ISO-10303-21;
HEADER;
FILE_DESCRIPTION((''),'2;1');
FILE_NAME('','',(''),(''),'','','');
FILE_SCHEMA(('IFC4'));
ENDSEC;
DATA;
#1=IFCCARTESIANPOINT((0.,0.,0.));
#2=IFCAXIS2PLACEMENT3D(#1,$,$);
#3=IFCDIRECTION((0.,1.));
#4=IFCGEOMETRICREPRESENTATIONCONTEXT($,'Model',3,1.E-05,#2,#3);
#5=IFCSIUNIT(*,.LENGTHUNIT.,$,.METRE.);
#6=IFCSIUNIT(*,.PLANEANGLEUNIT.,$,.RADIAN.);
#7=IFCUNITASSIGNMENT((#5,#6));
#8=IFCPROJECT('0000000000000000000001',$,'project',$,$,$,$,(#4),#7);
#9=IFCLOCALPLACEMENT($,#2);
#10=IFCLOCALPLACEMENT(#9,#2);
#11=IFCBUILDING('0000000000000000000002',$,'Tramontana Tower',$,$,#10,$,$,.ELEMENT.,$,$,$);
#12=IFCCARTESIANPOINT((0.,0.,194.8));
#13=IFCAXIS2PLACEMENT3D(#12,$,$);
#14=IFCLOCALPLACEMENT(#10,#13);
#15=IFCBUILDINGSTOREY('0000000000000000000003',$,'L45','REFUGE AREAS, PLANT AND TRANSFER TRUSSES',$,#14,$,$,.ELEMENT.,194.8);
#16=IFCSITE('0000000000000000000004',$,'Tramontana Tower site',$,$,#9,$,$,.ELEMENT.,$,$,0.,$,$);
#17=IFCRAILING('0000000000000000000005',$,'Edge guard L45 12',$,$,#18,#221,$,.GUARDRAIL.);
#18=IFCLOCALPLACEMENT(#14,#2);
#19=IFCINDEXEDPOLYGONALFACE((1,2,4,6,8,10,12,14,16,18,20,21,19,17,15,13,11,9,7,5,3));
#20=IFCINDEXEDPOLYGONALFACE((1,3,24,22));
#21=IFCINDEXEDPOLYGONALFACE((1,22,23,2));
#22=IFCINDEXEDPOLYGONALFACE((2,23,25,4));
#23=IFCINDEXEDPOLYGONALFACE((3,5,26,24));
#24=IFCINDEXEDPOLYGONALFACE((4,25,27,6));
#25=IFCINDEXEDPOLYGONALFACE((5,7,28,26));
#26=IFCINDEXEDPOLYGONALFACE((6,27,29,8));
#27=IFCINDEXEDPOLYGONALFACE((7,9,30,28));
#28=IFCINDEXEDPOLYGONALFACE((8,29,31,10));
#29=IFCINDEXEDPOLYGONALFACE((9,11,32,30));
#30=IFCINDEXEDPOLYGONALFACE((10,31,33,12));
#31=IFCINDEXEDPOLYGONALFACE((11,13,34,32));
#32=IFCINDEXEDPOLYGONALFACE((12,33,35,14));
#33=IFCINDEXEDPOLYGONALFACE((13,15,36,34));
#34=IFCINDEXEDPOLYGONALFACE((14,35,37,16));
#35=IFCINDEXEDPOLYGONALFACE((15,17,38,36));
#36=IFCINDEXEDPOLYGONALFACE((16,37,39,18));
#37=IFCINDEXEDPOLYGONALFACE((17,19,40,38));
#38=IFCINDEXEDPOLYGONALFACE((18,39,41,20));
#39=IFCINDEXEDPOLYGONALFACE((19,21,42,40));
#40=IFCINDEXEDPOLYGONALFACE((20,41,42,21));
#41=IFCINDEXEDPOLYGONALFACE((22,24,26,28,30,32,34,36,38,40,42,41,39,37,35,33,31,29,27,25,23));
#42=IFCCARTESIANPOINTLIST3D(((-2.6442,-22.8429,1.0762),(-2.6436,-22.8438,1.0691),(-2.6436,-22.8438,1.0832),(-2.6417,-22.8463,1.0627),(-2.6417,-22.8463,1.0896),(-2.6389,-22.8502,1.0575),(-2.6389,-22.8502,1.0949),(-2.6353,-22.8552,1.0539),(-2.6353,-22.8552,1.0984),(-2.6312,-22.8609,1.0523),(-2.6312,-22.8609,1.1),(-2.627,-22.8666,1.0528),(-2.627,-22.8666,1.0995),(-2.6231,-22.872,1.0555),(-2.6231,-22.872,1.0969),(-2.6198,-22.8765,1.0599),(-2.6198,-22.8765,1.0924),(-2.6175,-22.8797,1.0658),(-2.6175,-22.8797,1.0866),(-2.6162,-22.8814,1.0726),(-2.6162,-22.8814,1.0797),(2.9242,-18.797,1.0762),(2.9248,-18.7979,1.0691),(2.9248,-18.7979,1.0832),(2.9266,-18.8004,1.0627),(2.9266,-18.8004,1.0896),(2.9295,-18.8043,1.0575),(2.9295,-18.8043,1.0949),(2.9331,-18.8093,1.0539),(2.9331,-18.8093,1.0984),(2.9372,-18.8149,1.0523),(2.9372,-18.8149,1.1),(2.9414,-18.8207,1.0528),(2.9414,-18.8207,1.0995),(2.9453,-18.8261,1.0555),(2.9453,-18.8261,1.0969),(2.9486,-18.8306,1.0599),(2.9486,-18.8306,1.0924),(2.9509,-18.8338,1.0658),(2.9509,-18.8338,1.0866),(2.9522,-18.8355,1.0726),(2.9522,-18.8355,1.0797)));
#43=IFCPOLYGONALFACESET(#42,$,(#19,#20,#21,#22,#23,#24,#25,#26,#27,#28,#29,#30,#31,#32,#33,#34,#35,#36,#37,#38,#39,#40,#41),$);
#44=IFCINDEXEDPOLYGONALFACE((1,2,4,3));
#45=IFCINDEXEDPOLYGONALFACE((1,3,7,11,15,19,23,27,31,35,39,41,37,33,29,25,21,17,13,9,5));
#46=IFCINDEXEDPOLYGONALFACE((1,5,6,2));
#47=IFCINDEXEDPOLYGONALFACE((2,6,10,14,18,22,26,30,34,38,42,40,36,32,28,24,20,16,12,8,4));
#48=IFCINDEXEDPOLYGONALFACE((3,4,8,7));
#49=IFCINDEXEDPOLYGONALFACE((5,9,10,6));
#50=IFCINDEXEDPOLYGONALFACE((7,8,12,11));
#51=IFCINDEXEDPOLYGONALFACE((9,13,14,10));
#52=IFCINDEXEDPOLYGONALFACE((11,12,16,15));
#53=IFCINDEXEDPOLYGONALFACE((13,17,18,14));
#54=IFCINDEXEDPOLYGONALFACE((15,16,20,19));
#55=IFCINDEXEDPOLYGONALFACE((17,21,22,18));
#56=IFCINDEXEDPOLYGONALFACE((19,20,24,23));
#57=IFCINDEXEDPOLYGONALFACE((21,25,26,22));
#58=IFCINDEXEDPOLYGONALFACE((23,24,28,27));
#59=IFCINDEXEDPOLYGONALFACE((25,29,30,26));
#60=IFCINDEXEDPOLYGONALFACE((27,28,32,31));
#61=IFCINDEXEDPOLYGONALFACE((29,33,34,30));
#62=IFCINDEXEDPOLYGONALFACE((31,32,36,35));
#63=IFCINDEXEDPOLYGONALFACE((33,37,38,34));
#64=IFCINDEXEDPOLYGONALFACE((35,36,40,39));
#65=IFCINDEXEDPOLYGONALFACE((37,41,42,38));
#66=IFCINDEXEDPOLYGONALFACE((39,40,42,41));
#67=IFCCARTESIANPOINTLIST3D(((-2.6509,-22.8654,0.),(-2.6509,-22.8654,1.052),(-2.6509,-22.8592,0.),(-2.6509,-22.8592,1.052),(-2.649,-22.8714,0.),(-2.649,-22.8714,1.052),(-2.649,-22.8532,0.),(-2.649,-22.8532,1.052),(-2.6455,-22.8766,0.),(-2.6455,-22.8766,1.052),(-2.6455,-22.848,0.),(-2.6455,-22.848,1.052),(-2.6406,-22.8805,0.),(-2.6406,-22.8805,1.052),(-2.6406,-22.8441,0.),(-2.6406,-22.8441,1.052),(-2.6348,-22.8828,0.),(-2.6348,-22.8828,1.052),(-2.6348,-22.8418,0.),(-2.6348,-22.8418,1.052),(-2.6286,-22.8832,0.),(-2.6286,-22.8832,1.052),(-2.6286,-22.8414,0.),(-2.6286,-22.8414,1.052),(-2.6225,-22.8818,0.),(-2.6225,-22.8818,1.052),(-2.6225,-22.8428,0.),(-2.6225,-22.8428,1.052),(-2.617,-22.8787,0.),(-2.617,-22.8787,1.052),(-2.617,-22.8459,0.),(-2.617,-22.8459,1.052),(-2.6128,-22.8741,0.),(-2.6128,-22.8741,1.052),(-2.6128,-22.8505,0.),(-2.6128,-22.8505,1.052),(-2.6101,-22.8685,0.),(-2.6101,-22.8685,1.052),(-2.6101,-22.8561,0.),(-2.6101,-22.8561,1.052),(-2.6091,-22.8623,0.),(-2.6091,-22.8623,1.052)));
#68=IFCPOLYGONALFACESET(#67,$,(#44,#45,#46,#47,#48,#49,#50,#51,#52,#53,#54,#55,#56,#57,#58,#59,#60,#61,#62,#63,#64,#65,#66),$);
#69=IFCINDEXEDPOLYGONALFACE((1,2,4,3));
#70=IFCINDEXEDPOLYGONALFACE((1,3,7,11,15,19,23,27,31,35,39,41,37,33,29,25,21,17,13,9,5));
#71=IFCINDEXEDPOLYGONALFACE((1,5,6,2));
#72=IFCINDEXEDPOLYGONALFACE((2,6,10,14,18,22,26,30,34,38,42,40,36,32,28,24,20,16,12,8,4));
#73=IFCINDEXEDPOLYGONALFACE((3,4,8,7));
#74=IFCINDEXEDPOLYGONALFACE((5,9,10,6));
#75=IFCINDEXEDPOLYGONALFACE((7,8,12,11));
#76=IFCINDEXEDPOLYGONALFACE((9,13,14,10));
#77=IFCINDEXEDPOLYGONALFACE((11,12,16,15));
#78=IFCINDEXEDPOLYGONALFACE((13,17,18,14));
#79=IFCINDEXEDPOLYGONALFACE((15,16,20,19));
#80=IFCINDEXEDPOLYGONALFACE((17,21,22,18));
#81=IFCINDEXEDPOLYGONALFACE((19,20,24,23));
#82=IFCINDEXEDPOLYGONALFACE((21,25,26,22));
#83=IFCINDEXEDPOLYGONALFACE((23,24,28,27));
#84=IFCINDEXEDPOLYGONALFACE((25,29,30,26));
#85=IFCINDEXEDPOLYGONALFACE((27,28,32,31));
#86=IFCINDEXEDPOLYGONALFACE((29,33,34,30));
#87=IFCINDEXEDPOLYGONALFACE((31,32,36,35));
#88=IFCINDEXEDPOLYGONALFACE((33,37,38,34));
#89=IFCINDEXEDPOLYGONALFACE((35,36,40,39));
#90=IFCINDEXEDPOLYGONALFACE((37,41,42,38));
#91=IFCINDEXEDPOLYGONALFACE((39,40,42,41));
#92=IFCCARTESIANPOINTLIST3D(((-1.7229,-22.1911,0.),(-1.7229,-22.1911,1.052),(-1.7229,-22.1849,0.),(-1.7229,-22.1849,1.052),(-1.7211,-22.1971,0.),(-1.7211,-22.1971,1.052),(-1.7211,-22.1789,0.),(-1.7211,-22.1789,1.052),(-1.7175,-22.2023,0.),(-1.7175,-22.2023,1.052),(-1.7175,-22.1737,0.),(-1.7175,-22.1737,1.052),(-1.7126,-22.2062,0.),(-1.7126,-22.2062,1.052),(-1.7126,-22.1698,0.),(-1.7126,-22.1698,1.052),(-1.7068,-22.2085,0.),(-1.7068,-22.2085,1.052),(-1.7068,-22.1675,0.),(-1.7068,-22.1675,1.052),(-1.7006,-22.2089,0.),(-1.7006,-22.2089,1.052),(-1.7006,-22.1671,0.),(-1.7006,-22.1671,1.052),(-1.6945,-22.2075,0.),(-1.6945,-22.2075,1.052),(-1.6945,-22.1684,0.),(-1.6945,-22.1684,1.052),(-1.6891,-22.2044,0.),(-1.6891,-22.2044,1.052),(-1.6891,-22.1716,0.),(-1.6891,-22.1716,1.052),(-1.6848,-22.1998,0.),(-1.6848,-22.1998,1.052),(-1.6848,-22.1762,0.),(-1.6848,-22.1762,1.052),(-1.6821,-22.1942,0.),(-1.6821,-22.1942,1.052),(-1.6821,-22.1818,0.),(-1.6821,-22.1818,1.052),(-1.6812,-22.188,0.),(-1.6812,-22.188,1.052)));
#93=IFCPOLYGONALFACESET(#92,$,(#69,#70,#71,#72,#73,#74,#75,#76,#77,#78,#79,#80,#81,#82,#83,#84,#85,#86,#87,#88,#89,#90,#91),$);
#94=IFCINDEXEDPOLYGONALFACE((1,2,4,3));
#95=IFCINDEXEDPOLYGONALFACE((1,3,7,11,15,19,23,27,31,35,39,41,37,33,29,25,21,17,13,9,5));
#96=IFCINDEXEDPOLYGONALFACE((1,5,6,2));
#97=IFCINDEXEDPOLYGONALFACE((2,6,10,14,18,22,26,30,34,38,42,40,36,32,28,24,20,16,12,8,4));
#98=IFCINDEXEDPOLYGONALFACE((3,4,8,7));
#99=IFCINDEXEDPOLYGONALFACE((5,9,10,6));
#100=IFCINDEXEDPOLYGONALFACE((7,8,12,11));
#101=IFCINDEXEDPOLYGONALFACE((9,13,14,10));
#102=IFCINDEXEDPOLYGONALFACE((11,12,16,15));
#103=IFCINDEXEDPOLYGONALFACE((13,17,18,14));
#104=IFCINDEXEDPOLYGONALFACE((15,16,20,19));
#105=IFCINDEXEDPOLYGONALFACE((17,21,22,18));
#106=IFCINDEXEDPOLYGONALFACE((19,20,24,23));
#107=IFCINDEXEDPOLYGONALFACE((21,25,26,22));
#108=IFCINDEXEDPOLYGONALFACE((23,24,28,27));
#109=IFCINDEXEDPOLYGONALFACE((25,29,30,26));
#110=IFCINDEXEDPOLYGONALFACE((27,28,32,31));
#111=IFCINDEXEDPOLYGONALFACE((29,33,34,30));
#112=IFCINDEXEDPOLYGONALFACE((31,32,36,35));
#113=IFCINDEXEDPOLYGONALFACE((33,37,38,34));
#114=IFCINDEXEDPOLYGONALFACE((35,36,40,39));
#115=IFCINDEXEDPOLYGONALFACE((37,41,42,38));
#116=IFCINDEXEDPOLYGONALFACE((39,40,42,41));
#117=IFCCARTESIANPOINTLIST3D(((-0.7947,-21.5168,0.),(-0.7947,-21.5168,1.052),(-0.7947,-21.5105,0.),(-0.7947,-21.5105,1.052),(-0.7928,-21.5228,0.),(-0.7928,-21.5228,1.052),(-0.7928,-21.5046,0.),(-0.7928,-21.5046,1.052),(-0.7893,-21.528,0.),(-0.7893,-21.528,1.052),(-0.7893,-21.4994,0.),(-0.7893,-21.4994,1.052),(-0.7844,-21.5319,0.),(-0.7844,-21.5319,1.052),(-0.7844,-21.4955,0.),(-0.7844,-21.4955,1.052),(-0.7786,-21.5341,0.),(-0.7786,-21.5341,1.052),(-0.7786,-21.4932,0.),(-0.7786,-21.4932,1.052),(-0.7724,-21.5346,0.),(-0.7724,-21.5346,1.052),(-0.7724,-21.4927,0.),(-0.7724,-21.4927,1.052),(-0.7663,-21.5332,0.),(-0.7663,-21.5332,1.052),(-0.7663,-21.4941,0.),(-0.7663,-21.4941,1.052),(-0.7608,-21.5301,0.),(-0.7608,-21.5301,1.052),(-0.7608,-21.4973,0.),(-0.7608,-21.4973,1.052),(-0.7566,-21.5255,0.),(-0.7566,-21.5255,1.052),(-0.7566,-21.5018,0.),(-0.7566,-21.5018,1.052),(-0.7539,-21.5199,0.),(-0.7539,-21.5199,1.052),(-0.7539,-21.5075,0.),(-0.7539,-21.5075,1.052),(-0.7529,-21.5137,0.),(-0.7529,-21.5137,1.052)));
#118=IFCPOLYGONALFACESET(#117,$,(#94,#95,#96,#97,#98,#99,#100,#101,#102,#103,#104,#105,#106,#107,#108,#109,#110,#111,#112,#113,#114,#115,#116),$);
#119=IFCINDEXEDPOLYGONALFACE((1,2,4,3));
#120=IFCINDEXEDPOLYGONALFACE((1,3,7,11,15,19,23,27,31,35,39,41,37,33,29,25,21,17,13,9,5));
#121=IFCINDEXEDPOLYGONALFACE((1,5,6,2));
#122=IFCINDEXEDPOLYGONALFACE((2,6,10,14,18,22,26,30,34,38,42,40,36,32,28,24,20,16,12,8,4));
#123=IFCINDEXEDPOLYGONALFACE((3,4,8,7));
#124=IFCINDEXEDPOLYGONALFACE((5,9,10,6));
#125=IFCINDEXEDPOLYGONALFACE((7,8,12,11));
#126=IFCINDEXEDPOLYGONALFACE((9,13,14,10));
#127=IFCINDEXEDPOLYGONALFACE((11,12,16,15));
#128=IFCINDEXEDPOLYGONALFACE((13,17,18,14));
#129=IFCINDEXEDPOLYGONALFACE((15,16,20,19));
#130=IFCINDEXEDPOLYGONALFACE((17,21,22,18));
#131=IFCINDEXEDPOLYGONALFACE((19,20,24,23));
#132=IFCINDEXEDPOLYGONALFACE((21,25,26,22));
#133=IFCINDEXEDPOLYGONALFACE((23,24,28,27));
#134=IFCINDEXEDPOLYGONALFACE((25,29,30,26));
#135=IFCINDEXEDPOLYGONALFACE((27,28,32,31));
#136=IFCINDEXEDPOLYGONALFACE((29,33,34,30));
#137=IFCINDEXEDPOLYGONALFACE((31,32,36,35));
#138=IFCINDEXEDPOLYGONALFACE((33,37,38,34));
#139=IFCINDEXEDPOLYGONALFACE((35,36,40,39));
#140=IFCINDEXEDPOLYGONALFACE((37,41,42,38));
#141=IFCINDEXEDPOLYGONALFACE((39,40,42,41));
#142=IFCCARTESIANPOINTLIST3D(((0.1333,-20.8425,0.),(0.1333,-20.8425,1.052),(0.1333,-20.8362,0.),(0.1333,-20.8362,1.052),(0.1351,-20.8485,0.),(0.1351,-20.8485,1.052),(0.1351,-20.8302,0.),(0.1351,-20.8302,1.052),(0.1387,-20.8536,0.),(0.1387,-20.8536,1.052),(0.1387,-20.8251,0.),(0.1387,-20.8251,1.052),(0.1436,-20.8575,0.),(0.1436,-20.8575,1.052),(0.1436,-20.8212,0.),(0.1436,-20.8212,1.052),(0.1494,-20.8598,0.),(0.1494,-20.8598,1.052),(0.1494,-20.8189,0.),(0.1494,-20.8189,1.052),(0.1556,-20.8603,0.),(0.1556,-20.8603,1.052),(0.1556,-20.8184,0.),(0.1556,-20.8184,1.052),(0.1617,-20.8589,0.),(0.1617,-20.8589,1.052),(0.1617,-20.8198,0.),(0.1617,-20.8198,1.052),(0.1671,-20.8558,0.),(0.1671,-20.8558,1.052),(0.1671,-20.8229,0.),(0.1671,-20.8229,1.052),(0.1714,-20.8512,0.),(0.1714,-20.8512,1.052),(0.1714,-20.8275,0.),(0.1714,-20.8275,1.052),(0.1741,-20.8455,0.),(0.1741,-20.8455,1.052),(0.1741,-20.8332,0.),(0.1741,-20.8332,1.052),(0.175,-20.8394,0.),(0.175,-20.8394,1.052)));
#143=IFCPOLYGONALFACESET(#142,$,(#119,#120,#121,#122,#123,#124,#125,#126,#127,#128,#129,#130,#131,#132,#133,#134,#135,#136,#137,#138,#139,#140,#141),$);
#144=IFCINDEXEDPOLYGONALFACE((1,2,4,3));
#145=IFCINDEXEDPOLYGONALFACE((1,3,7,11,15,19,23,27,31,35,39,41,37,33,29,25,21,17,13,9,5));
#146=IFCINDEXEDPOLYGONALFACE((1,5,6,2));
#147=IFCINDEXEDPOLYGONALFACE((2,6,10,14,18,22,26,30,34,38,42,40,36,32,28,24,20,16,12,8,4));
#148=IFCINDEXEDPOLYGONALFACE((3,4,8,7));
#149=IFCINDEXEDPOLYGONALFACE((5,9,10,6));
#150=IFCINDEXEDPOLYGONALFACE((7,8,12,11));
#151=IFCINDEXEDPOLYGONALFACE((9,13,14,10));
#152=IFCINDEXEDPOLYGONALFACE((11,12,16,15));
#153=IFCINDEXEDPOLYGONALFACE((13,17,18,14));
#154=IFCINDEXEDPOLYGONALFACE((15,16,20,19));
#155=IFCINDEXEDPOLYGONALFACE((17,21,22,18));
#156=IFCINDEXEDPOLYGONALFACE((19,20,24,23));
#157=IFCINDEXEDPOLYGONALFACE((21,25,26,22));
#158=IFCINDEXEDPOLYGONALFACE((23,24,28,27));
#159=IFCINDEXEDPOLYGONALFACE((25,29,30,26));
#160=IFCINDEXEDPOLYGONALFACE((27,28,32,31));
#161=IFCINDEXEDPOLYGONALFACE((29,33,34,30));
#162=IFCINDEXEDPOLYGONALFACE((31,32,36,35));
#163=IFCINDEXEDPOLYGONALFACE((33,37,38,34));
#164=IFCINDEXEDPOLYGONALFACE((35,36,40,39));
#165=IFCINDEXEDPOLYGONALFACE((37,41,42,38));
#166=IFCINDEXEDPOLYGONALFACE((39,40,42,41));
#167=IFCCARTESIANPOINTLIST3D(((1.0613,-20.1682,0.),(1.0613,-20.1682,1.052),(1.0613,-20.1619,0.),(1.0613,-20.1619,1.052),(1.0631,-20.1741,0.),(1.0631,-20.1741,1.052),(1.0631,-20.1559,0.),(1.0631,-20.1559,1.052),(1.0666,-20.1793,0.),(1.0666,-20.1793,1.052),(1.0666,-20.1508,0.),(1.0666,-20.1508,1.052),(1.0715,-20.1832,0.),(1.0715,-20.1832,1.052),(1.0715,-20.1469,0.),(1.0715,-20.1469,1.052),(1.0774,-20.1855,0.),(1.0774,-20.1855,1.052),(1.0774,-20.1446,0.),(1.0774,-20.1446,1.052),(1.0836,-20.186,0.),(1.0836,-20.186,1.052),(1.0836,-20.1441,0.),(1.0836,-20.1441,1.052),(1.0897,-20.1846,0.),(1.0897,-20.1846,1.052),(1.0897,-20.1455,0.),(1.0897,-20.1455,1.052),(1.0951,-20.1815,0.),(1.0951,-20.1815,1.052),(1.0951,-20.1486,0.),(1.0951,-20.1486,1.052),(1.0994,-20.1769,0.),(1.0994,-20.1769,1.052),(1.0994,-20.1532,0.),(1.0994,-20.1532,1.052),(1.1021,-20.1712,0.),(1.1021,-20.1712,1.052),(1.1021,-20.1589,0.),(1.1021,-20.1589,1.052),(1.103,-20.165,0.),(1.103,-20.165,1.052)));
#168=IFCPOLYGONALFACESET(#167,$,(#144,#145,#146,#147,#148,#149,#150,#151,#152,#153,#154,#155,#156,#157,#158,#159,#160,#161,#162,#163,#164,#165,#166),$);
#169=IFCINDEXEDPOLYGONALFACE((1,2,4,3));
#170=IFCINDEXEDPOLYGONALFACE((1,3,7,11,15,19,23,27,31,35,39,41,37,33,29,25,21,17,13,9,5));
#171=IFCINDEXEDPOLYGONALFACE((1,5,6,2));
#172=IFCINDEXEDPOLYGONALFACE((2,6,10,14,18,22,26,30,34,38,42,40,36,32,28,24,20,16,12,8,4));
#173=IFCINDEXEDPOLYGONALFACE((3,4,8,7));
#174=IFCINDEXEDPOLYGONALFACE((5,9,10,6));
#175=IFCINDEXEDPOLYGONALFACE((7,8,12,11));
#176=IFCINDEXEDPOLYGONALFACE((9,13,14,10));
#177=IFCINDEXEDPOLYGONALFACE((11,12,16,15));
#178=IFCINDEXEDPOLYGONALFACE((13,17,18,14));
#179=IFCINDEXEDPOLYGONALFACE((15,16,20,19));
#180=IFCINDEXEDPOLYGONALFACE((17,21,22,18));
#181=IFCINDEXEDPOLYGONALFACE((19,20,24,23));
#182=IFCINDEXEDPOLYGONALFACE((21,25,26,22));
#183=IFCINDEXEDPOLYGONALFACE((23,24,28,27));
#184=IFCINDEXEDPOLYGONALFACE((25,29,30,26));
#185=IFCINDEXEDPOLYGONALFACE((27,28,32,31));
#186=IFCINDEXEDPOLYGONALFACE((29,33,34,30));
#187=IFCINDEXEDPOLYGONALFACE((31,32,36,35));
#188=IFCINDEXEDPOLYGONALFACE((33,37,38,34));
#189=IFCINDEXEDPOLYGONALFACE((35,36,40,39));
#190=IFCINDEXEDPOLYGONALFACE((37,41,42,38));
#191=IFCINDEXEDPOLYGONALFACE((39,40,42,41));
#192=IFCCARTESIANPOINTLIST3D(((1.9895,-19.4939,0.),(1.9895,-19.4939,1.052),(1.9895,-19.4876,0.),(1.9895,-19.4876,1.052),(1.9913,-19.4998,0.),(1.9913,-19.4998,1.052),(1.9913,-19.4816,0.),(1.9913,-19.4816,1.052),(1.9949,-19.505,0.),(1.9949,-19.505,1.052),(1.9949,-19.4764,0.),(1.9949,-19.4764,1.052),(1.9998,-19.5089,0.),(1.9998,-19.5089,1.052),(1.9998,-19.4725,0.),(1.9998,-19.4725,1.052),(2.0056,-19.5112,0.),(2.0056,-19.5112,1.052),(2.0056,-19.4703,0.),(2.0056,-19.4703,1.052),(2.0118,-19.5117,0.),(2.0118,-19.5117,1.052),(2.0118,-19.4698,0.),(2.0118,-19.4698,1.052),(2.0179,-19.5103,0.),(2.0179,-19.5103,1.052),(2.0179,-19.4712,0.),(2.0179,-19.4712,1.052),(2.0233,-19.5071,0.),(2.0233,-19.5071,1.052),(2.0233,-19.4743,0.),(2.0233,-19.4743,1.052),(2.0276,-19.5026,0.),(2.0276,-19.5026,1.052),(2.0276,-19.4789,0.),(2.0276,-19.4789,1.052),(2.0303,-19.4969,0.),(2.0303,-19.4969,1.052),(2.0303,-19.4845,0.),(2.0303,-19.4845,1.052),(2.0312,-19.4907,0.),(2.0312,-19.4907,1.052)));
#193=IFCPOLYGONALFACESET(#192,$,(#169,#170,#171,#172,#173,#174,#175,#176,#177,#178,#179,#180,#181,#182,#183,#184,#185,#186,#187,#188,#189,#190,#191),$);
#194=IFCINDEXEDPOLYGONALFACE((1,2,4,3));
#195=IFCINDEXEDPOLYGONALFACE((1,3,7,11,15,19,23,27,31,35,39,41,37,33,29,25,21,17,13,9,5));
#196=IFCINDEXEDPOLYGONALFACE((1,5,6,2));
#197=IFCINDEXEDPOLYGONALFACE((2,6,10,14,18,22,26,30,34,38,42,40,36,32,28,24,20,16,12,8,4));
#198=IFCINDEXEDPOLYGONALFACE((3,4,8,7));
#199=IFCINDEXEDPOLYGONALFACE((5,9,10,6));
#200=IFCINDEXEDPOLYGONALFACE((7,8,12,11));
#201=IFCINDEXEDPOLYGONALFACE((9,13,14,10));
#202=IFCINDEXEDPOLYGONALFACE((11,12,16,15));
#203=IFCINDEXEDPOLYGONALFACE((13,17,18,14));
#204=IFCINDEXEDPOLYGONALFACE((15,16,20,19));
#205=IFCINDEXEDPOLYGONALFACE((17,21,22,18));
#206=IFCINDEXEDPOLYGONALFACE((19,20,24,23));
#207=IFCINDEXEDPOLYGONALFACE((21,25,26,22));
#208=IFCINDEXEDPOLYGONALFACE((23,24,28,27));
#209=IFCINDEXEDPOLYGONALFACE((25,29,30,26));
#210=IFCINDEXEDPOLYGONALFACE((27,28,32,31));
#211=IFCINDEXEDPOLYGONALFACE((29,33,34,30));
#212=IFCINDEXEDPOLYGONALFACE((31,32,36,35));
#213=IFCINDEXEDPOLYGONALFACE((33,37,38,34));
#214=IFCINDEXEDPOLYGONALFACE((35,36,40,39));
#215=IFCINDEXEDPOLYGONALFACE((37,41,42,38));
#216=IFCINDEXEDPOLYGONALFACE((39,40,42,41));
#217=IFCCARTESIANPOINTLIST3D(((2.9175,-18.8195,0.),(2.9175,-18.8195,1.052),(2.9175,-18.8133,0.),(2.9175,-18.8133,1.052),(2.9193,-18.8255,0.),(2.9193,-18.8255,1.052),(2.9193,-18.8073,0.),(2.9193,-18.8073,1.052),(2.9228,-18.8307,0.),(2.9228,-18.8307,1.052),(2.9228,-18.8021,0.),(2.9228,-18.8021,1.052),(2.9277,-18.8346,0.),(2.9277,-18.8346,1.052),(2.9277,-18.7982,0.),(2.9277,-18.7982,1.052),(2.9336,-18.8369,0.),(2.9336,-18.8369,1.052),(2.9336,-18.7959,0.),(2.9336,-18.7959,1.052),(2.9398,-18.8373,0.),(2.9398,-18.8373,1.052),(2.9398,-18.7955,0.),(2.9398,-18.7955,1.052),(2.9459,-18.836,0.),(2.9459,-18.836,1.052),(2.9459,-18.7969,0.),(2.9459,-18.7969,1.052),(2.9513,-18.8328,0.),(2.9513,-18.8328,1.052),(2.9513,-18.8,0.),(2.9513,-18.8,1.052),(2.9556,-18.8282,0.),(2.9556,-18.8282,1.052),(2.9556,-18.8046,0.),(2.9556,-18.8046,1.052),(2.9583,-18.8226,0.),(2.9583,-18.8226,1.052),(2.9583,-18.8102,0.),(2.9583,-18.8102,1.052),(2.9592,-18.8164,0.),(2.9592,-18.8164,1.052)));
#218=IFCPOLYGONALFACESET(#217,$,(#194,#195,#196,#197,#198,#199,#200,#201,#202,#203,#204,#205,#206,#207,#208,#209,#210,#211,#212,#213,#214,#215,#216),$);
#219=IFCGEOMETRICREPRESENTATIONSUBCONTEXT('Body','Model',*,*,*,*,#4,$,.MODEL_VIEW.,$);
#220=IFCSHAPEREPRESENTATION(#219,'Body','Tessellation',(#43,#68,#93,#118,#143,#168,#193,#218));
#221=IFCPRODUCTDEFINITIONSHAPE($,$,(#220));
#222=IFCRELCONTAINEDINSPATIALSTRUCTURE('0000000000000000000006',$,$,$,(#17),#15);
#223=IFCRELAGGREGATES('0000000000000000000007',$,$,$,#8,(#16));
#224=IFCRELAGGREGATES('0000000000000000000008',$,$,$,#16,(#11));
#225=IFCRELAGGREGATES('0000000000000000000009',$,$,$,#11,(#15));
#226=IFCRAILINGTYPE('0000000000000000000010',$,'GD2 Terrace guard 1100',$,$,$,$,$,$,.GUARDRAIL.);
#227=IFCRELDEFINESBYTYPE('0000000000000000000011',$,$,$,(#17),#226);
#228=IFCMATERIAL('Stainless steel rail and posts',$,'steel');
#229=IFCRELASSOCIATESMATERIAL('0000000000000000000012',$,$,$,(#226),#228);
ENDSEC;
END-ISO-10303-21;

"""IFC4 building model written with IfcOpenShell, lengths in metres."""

from ifc_helpers import new_model, si_unit, direction, frame, origin, origin_2d, place, context, subcontext, project, spatial, circle, extrude, material, type_object, element, save


model = new_model("IFC4")

# Units and contexts
model_context = context("Model", 3, precision=1e-05, world=origin(), true_north=direction((0.0, 1.0)))
body_context = subcontext(model_context, "Body", "Model", "MODEL_VIEW")
ifc_project = project(units=[si_unit("LENGTHUNIT", "METRE"), si_unit("PLANEANGLEUNIT", "RADIAN")], contexts=[model_context])

# Site, building, storey
site_placement = place(None, origin())
site = spatial("IfcSite", under=ifc_project, at=site_placement, Name="Tramontana Tower site", CompositionType="ELEMENT", RefElevation=0.0)
building_placement = place(site_placement, origin())
building = spatial("IfcBuilding", under=site, at=building_placement, Name="Tramontana Tower", CompositionType="ELEMENT")
storey_placement = place(building_placement, frame((0.0, 0.0, 194.8)))
storey = spatial("IfcBuildingStorey", under=building, at=storey_placement, Name="L45", Description="REFUGE AREAS, PLANT AND TRANSFER TRUSSES", CompositionType="ELEMENT", Elevation=194.8)

# Railing
ifc_material_1 = material(Name="Stainless steel rail and posts", Category="steel")
railing_type = type_object("IfcRailingType", Name="GD2 Terrace guard 1100", PredefinedType="GUARDRAIL", material=ifc_material_1)
railing_1_placement = place(storey_placement, frame((-2.6301, -22.8623, 0.0)))
element("IfcRailing", 1, at=railing_1_placement, inside=storey, type_object=railing_type, Name="Edge guard L45 12", PredefinedType="GUARDRAIL", context=body_context, shape_type="SweptSolid", body=[
    extrude(circle(Radius=0.0239, at=origin_2d()), frame((0.0, 0.0, 1.0762), z_axis=(0.809, 0.587809, 0.0), x_axis=(-0.587809, 0.809, 0.0)), (0.0, 0.0, 1.0), 6.8831),
    extrude(circle(Radius=0.021, at=origin_2d()), origin(), (0.0, 0.0, 1.0), 1.052),
    extrude(circle(Radius=0.021, at=origin_2d()), frame((0.928, 0.6743, 0.0)), (0.0, 0.0, 1.0), 1.052),
    extrude(circle(Radius=0.021, at=origin_2d()), frame((1.8562, 1.3486, 0.0)), (0.0, 0.0, 1.0), 1.052),
    extrude(circle(Radius=0.021, at=origin_2d()), frame((2.7842, 2.0229, 0.0)), (0.0, 0.0, 1.0), 1.052),
    extrude(circle(Radius=0.021, at=origin_2d()), frame((3.7122, 2.6973, 0.0)), (0.0, 0.0, 1.0), 1.052),
    extrude(circle(Radius=0.021, at=origin_2d()), frame((4.6404, 3.3716, 0.0)), (0.0, 0.0, 1.0), 1.052),
    extrude(circle(Radius=0.021, at=origin_2d()), frame((5.5684, 4.0459, 0.0)), (0.0, 0.0, 1.0), 1.052),
])

save(model, "model.ifc")
